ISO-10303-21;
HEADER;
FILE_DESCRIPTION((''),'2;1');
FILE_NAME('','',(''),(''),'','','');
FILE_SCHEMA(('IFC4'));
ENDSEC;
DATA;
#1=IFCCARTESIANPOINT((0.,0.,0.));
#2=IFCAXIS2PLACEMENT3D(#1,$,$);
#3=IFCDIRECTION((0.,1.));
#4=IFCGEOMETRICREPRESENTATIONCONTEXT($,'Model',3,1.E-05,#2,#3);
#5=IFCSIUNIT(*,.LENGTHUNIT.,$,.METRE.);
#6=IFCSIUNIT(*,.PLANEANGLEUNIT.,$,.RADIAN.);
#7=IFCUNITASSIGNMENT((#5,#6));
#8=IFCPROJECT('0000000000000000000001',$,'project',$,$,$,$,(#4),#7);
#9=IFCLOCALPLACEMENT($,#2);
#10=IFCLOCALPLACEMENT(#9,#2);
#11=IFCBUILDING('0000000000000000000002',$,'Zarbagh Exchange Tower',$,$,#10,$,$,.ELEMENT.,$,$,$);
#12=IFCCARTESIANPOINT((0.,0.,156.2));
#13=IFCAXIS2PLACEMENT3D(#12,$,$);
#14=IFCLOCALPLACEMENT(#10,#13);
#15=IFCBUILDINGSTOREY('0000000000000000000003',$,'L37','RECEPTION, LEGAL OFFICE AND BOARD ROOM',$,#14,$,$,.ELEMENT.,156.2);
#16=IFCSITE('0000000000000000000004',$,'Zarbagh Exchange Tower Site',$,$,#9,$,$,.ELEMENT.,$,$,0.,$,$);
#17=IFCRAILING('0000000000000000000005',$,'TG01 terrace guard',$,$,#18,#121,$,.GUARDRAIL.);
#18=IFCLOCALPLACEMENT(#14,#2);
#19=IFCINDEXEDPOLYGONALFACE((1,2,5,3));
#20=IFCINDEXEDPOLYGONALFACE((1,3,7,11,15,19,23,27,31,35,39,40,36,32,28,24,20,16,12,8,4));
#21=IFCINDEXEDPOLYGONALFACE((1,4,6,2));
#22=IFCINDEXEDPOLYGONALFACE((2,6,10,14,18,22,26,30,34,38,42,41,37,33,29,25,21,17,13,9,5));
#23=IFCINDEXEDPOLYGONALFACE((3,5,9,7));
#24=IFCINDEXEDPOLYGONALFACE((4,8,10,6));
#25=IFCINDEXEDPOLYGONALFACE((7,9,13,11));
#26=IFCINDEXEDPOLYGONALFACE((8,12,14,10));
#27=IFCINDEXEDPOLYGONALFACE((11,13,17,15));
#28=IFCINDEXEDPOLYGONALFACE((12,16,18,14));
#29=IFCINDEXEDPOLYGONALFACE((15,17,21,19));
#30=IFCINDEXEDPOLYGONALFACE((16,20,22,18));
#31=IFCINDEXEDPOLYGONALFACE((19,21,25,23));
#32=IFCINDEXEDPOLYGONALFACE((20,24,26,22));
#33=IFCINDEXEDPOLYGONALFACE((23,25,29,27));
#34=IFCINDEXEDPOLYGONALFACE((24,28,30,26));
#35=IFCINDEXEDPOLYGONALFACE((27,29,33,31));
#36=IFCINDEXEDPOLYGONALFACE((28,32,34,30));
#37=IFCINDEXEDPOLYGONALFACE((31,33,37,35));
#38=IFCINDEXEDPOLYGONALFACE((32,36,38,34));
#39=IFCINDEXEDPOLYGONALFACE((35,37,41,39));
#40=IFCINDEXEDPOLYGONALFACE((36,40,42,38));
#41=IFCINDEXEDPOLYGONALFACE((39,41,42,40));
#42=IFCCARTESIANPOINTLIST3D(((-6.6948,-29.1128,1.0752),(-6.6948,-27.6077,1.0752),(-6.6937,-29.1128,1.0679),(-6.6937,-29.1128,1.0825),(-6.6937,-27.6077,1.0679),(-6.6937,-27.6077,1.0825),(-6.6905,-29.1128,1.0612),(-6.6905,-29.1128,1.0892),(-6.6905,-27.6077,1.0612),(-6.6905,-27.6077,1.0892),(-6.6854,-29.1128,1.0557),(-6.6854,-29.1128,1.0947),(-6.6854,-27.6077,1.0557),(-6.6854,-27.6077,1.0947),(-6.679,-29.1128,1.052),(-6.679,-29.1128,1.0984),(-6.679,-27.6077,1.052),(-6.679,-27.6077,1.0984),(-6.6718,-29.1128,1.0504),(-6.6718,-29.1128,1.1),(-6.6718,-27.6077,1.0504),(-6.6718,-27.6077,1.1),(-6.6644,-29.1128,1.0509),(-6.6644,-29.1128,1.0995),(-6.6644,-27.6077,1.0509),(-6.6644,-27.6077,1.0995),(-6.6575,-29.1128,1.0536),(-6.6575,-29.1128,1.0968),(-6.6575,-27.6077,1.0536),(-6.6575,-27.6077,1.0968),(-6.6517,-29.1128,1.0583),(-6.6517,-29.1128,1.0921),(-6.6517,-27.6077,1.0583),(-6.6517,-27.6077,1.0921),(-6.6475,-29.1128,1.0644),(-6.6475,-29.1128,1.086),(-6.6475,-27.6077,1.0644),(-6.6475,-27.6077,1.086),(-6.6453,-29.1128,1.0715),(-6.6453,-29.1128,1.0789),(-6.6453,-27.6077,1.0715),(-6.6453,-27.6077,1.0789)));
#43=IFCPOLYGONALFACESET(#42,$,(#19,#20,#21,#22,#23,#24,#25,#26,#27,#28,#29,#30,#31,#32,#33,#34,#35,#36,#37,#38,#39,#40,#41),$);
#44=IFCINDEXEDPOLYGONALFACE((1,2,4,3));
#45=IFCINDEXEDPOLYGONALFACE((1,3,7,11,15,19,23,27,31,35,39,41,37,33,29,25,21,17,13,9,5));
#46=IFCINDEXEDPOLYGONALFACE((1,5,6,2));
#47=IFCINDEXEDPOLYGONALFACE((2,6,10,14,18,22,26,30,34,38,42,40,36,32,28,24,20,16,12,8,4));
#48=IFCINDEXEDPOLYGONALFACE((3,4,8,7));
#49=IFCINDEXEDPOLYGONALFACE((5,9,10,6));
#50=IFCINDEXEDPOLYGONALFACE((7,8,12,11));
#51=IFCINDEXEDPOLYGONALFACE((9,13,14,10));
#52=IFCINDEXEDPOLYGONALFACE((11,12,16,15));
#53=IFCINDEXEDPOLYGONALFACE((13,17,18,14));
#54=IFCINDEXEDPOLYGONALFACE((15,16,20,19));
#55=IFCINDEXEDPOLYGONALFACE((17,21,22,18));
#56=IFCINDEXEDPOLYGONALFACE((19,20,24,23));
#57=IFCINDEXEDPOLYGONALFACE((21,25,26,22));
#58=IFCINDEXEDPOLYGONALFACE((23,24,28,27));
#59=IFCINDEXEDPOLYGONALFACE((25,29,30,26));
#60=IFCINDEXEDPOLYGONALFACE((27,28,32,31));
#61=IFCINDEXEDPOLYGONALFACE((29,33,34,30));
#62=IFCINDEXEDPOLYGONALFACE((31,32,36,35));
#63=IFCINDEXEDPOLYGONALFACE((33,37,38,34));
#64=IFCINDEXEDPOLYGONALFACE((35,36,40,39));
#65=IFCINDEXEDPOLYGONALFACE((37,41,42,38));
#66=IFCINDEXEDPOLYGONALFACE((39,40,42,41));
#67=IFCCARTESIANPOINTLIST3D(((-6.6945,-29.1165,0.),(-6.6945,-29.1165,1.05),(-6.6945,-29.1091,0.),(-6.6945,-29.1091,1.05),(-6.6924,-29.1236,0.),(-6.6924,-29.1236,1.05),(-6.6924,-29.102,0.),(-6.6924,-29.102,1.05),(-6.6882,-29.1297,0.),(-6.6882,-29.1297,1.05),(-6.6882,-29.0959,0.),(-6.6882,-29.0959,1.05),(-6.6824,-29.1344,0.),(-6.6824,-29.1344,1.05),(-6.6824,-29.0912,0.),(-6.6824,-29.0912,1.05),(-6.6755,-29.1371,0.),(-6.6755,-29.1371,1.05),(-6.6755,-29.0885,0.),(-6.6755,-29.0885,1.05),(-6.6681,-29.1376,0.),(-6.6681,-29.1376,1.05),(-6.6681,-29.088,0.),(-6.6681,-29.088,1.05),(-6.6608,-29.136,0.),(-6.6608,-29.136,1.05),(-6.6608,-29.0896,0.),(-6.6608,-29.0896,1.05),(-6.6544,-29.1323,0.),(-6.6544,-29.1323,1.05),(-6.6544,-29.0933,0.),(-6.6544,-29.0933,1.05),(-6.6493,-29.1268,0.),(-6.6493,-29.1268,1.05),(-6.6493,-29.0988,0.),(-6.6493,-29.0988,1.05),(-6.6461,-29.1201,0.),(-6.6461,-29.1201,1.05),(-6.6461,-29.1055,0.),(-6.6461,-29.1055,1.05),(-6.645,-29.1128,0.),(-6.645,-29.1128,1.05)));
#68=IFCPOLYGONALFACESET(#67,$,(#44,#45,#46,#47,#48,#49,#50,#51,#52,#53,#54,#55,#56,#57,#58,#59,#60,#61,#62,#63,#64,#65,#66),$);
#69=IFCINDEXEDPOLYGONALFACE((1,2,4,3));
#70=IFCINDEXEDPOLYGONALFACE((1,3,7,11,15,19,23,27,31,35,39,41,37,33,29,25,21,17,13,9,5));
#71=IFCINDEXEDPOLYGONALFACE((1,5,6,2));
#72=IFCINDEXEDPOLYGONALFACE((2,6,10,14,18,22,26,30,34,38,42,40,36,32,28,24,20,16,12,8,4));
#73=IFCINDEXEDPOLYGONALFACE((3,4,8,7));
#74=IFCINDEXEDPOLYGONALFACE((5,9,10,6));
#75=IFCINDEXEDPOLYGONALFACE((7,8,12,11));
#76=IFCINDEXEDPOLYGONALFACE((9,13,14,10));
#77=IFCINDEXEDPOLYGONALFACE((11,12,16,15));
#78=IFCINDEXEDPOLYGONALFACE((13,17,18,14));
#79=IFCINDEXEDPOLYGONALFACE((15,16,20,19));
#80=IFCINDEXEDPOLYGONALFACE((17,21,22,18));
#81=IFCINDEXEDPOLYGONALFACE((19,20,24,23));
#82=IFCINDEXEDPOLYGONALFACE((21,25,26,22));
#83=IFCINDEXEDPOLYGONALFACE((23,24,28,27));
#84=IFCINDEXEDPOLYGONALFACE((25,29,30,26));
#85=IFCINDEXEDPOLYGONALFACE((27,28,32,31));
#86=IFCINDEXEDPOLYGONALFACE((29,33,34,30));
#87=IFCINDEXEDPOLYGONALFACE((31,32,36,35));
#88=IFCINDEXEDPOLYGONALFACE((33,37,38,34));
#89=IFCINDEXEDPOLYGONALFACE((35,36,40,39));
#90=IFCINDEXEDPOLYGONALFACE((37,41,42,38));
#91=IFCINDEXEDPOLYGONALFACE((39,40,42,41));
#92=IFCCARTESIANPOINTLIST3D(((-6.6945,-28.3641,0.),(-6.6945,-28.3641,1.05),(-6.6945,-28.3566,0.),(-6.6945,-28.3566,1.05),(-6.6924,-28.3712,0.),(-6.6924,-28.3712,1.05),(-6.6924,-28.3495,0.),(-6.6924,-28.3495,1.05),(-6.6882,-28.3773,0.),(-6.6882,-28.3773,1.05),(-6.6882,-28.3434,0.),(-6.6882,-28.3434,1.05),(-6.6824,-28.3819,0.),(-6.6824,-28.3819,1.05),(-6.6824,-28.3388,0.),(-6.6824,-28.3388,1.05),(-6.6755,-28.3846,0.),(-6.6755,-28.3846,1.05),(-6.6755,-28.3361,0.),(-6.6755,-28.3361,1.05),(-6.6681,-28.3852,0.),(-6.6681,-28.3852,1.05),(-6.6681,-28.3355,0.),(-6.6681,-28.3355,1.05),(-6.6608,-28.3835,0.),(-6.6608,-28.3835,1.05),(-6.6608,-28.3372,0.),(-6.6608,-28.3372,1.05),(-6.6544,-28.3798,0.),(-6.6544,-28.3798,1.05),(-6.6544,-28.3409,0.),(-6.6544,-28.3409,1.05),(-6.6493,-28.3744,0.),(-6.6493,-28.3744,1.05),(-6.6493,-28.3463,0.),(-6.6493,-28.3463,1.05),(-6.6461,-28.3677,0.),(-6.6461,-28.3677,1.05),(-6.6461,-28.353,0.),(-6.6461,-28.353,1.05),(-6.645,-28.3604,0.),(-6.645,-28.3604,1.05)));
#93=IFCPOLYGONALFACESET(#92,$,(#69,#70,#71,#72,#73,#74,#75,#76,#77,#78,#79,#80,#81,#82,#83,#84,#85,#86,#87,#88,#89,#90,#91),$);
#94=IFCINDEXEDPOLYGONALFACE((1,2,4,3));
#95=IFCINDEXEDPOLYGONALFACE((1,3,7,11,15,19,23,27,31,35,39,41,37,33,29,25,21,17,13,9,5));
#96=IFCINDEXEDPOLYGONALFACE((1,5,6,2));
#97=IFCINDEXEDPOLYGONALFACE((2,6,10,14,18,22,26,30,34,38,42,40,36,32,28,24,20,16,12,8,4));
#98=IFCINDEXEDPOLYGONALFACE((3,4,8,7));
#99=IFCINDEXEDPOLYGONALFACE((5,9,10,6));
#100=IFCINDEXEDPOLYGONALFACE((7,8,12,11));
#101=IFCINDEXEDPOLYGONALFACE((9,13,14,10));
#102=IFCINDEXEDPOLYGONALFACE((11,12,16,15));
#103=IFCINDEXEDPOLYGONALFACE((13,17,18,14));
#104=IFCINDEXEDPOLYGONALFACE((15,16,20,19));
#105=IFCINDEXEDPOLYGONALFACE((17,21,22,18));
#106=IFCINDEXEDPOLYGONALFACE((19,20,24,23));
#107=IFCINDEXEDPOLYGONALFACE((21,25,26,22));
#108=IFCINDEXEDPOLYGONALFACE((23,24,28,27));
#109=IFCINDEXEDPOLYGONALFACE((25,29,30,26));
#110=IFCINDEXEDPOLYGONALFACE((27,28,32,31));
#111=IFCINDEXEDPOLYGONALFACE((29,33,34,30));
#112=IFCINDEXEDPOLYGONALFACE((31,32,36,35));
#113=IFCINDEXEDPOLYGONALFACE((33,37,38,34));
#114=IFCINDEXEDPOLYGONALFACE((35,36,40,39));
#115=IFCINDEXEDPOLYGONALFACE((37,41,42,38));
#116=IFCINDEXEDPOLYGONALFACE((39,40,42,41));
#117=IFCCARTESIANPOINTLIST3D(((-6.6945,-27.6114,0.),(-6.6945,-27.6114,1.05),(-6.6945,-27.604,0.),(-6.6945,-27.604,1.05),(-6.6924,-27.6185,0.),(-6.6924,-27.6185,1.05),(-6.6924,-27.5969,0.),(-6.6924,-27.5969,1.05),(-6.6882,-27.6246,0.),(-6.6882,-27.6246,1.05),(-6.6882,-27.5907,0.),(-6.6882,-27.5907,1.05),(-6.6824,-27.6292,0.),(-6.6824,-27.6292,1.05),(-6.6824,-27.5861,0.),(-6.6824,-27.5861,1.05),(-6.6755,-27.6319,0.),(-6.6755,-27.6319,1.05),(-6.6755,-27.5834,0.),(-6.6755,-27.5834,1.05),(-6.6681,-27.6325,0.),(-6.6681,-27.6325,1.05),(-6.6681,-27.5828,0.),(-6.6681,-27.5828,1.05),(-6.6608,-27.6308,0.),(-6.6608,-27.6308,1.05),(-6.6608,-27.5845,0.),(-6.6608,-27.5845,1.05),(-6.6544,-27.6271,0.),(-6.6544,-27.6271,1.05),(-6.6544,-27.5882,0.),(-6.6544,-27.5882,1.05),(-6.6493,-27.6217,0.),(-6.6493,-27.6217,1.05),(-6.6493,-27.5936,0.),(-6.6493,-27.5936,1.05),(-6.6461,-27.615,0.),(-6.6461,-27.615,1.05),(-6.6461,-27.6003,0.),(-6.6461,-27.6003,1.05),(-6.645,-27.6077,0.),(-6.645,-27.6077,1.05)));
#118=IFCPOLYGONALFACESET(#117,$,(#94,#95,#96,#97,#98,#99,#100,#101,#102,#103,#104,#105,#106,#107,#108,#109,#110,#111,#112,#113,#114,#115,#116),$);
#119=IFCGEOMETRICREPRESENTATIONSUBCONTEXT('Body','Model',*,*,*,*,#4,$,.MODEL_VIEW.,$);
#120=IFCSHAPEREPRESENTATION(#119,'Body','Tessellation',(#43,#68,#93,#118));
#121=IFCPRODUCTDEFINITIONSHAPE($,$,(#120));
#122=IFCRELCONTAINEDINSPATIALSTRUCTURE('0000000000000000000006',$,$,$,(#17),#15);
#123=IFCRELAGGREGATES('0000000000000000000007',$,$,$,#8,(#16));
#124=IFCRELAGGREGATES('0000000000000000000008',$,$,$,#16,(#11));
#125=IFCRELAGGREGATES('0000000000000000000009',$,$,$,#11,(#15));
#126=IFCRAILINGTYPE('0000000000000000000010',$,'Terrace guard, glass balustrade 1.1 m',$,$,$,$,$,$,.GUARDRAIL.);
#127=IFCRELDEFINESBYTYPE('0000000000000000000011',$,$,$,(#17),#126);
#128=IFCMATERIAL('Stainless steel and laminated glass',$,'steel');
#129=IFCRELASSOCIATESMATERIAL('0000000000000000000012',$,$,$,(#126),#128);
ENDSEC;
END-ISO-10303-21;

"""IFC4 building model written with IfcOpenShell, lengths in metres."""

from ifc_helpers import new_model, si_unit, direction, frame, origin, origin_2d, place, context, subcontext, project, spatial, circle, extrude, material, type_object, element, save


model = new_model("IFC4")

# Units and contexts
model_context = context("Model", 3, precision=1e-05, world=origin(), true_north=direction((0.0, 1.0)))
body_context = subcontext(model_context, "Body", "Model", "MODEL_VIEW")
ifc_project = project(units=[si_unit("LENGTHUNIT", "METRE"), si_unit("PLANEANGLEUNIT", "RADIAN")], contexts=[model_context])

# Site, building, storey
site_placement = place(None, origin())
site = spatial("IfcSite", under=ifc_project, at=site_placement, Name="Zarbagh Exchange Tower Site", CompositionType="ELEMENT", RefElevation=0.0)
building_placement = place(site_placement, origin())
building = spatial("IfcBuilding", under=site, at=building_placement, Name="Zarbagh Exchange Tower", CompositionType="ELEMENT")
storey_placement = place(building_placement, frame((0.0, 0.0, 156.2)))
storey = spatial("IfcBuildingStorey", under=building, at=storey_placement, Name="L37", Description="RECEPTION, LEGAL OFFICE AND BOARD ROOM", CompositionType="ELEMENT", Elevation=156.2)

# Railing
ifc_material_1 = material(Name="Stainless steel and laminated glass", Category="steel")
railing_type = type_object("IfcRailingType", Name="Terrace guard, glass balustrade 1.1 m", PredefinedType="GUARDRAIL", material=ifc_material_1)
railing_placement = place(storey_placement, frame((-6.6699, -29.1128, 0.0)))
element("IfcRailing", 1, at=railing_placement, inside=storey, type_object=railing_type, Name="TG01 terrace guard", PredefinedType="GUARDRAIL", context=body_context, shape_type="SweptSolid", body=[
    extrude(circle(Radius=0.0249, at=origin_2d()), frame((0.0, 0.0, 1.0752), z_axis=(0.0, 1.0, 0.0), x_axis=(-1.0, 0.0, 0.0)), (0.0, 0.0, 1.0), 1.5051),
    extrude(circle(Radius=0.0249, at=origin_2d()), origin(), (0.0, 0.0, 1.0), 1.05),
    extrude(circle(Radius=0.0249, at=origin_2d()), frame((0.0, 0.7524, 0.0)), (0.0, 0.0, 1.0), 1.05),
    extrude(circle(Radius=0.0249, at=origin_2d()), frame((0.0, 1.5051, 0.0)), (0.0, 0.0, 1.0), 1.05),
])

save(model, "model.ifc")
